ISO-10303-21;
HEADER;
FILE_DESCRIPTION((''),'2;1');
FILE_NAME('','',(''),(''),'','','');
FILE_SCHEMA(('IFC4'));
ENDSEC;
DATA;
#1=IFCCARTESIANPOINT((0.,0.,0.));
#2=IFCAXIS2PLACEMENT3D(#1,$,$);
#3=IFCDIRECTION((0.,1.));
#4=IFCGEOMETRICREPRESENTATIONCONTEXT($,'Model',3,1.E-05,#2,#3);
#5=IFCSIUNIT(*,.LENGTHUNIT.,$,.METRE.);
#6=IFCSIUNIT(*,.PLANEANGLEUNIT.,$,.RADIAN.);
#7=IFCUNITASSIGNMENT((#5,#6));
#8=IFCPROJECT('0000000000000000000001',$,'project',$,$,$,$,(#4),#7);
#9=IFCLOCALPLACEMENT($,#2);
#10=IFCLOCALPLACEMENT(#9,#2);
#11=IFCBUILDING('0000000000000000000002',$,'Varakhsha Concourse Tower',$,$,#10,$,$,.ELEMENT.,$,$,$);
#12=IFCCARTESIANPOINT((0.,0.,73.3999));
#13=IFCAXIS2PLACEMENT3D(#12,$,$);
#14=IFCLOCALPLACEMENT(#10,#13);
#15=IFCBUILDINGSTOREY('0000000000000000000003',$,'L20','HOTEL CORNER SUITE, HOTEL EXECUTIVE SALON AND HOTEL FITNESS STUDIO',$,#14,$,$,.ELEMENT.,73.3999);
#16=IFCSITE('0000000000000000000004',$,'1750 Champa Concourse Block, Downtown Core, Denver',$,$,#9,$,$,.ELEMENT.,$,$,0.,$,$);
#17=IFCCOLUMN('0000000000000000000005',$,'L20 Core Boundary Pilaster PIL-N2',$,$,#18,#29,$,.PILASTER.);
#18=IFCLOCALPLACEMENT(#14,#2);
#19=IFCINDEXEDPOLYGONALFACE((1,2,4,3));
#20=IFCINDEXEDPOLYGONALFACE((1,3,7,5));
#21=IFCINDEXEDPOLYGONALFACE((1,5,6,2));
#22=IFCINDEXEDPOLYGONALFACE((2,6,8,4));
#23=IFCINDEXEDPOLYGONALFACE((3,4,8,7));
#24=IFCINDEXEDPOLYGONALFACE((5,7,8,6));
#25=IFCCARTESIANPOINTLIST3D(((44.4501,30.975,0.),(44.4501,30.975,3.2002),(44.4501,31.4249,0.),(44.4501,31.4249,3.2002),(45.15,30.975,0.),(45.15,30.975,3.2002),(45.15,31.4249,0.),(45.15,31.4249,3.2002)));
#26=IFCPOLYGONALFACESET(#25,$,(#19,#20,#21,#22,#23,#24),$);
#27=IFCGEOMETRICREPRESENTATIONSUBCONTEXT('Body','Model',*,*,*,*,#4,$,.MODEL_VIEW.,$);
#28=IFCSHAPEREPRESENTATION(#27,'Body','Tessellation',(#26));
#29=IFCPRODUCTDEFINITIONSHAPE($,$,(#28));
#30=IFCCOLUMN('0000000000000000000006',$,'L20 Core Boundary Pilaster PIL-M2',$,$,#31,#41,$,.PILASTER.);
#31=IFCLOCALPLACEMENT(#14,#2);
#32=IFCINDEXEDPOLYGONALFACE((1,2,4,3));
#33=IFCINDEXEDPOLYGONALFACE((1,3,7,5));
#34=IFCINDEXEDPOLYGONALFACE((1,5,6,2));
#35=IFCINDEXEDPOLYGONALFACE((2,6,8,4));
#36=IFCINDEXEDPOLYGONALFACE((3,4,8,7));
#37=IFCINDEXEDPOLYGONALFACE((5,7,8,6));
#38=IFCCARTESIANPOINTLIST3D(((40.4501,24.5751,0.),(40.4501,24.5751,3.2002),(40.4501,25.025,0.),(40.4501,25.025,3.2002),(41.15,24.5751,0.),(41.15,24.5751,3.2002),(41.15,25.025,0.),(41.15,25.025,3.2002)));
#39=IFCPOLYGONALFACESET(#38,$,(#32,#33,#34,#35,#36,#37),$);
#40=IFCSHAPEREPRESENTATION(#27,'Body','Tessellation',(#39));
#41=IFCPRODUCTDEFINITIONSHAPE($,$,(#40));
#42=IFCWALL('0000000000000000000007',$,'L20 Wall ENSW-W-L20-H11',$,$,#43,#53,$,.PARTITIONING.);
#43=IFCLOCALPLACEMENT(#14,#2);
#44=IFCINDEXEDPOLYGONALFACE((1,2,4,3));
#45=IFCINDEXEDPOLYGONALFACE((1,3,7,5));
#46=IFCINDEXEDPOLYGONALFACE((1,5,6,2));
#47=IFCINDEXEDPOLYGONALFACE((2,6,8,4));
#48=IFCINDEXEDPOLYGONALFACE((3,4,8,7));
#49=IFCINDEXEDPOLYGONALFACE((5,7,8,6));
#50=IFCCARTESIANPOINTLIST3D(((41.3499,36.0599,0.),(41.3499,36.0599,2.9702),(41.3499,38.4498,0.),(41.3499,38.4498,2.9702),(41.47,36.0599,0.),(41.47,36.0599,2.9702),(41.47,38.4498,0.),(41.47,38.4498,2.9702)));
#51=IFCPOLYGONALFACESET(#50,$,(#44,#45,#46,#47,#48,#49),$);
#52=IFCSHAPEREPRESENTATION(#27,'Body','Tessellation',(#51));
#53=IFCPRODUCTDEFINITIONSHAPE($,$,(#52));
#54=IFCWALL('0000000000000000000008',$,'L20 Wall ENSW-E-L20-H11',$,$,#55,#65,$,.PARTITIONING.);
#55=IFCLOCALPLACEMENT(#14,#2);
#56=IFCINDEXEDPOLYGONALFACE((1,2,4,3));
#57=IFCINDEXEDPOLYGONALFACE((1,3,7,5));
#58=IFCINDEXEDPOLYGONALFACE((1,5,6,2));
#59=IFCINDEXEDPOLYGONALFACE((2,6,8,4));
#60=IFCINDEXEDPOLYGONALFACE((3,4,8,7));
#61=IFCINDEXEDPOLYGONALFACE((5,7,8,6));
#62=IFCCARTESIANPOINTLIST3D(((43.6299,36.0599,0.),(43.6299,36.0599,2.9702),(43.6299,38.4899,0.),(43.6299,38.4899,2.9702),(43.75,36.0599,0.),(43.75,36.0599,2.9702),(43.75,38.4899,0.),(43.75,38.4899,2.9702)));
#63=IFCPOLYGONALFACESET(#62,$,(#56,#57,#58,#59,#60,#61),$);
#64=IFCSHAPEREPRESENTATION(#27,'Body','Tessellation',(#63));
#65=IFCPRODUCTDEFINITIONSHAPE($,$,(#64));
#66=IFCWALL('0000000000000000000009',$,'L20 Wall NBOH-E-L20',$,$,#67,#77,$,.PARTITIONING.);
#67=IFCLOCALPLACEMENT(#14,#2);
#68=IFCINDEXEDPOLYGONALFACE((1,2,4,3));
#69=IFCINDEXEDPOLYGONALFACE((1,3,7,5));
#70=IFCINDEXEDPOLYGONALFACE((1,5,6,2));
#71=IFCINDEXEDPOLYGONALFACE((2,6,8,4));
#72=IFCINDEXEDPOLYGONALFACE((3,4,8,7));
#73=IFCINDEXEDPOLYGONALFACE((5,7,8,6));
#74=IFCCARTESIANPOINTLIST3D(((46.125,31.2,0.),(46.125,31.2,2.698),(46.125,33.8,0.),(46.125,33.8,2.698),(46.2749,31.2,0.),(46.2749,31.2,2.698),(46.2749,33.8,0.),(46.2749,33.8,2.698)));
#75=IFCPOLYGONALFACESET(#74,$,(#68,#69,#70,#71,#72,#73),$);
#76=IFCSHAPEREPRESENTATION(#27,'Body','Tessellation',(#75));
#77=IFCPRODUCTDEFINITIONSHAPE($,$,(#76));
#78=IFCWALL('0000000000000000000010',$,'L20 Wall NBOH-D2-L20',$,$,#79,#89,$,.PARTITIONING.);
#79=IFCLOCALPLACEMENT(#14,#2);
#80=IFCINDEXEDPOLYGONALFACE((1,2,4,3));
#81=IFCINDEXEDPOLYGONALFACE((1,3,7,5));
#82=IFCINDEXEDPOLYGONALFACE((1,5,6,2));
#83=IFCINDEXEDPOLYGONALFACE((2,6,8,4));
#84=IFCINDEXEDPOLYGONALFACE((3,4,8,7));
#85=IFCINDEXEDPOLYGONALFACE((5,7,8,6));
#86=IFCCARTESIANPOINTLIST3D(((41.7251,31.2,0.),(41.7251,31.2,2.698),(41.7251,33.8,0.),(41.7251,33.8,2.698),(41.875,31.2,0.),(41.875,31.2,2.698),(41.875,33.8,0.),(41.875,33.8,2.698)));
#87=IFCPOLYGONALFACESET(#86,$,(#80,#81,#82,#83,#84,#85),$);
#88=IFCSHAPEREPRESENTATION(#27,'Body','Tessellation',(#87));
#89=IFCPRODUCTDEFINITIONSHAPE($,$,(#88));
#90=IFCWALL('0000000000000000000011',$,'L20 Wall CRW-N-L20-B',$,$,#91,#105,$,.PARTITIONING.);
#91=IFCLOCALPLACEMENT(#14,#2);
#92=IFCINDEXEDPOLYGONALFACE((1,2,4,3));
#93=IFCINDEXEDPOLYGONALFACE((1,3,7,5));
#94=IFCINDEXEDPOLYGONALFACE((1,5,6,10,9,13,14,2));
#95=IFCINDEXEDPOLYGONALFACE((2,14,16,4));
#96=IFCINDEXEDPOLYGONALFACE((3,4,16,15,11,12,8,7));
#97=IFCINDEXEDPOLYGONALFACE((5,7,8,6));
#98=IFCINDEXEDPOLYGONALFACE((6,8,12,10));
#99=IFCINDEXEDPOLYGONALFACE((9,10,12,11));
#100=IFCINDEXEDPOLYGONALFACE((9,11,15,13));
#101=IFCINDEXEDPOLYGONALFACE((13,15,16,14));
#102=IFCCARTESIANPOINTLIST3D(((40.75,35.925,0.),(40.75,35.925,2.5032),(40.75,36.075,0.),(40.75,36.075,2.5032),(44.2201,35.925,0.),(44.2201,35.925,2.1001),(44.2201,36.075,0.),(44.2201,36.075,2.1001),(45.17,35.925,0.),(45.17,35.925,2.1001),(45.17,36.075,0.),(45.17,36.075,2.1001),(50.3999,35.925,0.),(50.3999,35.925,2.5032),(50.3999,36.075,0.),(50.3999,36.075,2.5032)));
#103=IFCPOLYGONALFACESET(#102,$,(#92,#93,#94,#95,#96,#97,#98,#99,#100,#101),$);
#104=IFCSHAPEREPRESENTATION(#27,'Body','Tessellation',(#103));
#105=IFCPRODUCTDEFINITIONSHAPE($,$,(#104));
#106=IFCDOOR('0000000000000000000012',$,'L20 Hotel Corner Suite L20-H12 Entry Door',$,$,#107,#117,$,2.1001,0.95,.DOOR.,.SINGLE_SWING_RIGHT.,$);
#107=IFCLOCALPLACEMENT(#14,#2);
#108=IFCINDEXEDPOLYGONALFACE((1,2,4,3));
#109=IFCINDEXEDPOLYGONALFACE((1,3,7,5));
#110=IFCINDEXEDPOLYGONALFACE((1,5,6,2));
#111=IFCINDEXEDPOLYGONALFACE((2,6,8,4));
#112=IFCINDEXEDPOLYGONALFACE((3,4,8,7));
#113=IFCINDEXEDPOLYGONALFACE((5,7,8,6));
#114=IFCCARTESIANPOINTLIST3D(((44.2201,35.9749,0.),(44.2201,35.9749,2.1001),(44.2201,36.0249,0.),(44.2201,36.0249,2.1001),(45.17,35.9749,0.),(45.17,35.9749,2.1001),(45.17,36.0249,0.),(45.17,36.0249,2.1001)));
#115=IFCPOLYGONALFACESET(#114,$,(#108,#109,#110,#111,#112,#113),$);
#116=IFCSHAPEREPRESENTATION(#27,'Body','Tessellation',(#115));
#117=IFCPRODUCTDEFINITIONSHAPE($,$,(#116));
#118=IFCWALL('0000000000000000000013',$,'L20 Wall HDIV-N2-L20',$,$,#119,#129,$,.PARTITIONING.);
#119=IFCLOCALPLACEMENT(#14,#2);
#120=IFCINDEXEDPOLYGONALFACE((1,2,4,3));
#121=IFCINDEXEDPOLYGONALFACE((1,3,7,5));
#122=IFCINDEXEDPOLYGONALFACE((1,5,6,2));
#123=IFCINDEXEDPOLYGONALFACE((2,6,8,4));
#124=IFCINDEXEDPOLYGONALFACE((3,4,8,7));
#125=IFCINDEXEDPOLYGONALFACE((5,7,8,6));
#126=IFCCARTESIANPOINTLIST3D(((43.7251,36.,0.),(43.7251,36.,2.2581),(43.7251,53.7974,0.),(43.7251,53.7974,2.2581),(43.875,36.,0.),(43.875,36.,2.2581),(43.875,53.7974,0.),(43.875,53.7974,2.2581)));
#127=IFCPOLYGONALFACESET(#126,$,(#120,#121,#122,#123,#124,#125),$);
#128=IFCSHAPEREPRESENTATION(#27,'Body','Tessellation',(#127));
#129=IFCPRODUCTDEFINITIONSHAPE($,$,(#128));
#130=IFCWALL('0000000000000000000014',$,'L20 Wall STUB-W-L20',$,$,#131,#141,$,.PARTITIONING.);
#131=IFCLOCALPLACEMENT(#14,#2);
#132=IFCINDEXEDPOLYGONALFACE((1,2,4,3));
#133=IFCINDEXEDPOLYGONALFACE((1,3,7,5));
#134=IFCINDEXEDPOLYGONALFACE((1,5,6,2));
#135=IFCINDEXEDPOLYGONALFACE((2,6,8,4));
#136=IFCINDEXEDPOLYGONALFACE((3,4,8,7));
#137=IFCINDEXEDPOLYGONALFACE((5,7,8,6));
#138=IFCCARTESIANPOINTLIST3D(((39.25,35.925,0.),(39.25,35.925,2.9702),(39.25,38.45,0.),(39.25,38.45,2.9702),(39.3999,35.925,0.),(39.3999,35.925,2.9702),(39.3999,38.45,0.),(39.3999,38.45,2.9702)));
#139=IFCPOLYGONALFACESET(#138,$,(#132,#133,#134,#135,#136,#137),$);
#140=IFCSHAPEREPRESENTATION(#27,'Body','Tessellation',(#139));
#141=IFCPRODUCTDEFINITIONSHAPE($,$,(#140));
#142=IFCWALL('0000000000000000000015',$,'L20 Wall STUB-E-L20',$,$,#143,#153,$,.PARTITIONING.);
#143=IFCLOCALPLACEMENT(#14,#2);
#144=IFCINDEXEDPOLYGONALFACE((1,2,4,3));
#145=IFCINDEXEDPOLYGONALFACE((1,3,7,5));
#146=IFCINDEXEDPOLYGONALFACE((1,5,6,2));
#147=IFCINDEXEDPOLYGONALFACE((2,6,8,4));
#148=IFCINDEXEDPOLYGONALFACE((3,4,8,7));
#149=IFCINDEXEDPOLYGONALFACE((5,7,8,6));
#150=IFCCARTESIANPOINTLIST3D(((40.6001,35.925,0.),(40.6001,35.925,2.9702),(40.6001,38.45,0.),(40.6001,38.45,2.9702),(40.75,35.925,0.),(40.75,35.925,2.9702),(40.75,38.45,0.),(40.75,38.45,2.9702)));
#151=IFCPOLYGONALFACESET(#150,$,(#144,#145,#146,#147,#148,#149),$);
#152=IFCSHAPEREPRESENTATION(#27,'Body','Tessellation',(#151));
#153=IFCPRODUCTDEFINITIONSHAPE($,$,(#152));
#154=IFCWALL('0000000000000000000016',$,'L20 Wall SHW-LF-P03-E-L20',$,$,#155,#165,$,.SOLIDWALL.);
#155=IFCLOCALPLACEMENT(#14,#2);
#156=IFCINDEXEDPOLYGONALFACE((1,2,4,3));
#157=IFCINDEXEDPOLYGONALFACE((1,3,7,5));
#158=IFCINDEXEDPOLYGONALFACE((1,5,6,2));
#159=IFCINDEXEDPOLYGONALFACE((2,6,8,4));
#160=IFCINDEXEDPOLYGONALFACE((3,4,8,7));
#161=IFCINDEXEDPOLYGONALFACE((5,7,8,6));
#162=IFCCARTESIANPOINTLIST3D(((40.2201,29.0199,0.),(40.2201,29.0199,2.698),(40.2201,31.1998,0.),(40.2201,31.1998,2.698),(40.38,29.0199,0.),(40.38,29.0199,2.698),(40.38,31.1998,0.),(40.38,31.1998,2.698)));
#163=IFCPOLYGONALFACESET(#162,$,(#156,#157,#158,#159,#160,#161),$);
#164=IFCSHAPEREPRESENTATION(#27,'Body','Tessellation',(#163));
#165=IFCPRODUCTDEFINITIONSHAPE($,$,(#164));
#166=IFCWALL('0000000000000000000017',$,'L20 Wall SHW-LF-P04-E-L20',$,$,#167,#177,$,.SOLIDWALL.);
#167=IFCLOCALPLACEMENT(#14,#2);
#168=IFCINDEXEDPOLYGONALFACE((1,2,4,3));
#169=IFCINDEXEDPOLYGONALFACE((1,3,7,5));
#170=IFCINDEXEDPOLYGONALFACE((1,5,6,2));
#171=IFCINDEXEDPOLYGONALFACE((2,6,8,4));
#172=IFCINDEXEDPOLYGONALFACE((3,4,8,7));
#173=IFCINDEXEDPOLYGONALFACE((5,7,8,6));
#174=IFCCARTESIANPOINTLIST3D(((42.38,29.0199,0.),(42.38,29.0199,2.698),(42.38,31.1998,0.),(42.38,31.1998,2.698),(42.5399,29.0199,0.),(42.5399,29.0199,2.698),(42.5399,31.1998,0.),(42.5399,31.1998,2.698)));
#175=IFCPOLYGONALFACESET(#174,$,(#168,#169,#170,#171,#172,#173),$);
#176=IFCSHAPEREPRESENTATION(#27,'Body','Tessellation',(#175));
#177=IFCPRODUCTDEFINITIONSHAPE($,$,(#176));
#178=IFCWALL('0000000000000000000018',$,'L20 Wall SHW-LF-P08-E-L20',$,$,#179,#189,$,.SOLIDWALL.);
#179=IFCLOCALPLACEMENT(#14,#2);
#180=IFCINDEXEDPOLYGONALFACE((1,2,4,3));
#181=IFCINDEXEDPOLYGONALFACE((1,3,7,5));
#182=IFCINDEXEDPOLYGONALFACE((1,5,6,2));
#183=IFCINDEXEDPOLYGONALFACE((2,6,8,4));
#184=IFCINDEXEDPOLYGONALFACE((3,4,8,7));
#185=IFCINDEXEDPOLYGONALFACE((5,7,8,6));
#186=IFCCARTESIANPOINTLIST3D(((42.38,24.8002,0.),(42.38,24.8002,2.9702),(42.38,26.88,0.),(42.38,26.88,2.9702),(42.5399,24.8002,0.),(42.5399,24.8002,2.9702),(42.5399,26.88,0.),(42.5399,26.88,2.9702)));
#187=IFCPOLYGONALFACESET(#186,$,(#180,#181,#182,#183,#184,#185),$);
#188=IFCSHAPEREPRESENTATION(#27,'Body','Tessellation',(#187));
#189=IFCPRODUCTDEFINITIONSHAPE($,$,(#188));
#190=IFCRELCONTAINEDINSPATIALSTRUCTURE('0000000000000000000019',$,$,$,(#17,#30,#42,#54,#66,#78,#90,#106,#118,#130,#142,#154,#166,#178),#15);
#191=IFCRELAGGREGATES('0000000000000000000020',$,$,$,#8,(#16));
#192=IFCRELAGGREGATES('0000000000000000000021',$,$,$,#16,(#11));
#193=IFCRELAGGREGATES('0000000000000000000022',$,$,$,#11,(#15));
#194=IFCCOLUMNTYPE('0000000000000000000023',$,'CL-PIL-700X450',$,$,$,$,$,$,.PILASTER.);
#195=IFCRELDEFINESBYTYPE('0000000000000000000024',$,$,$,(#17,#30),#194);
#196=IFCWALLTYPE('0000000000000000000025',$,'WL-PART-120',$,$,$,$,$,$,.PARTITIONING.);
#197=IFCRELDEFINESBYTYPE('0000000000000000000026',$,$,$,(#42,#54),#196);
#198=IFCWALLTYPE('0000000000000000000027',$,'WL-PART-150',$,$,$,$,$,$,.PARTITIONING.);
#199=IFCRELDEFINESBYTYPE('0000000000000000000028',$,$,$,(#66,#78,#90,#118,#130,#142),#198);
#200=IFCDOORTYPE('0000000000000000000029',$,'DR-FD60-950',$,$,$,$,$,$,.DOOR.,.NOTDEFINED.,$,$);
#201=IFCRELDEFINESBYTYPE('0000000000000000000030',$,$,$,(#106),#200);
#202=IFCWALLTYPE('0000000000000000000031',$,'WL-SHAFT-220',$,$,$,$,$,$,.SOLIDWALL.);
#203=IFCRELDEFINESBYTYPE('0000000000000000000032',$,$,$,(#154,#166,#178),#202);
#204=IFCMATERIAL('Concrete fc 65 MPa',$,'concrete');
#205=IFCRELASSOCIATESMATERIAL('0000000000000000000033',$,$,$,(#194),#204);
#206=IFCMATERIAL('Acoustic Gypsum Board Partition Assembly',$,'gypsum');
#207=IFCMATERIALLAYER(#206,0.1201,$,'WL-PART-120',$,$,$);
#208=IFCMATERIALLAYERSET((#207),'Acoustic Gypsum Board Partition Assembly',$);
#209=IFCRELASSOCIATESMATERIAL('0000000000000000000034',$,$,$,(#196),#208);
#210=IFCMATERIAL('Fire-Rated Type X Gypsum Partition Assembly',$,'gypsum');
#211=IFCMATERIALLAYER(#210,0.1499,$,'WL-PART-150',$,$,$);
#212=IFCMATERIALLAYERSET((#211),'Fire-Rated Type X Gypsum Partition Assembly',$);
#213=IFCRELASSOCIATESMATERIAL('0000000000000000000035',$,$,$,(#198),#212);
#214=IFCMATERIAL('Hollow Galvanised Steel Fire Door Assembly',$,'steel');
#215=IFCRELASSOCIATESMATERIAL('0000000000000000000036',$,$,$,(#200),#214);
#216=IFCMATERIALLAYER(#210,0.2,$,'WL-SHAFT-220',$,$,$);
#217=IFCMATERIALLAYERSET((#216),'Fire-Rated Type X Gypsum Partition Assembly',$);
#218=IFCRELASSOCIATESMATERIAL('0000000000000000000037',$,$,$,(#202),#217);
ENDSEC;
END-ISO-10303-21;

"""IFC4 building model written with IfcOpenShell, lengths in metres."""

from ifc_helpers import new_model, si_unit, direction, frame, frame_2d, origin, origin_2d, place, context, subcontext, project, spatial, rectangle, extrude, material, layer, layer_set, material_profile, profile_set, type_object, element, fill, save


model = new_model("IFC4")

# Units and contexts
model_context = context("Model", 3, precision=1e-05, world=origin(), true_north=direction((0.0, 1.0)))
body_context = subcontext(model_context, "Body", "Model", "MODEL_VIEW")
ifc_project = project(units=[si_unit("LENGTHUNIT", "METRE"), si_unit("PLANEANGLEUNIT", "RADIAN")], contexts=[model_context])

# Site, building, storey
site_placement = place(None, origin())
site = spatial("IfcSite", under=ifc_project, at=site_placement, Name="1750 Champa Concourse Block, Downtown Core, Denver", CompositionType="ELEMENT", RefElevation=0.0)
building_placement = place(site_placement, origin())
building = spatial("IfcBuilding", under=site, at=building_placement, Name="Varakhsha Concourse Tower", CompositionType="ELEMENT")
storey_placement = place(building_placement, frame((0.0, 0.0, 73.3999)))
storey = spatial("IfcBuildingStorey", under=building, at=storey_placement, Name="L20", Description="HOTEL CORNER SUITE, HOTEL EXECUTIVE SALON AND HOTEL FITNESS STUDIO", CompositionType="ELEMENT", Elevation=73.3999)

# Columns
ifc_material_1 = material(Name="Concrete fc 65 MPa", Category="concrete")
ifc_material_profile = material_profile(ifc_material_1, rectangle(XDim=0.7, YDim=0.45, at=origin_2d()), Name="RC 700x450")
ifc_profile_set = profile_set([ifc_material_profile], Name="Concrete fc 65 MPa")
column_type = type_object("IfcColumnType", Name="CL-PIL-700X450", PredefinedType="PILASTER", material=ifc_profile_set)
for number, where, z_axis, x_axis, name in (
    (1, (44.8, 31.2, 0.0), (0.0, 0.0, 1.0), (1.0, 0.0, 0.0), "L20 Core Boundary Pilaster PIL-N2"),
    (2, (40.8, 24.8, 0.0), (0.0, 0.0, 1.0), (1.0, 0.0, 0.0), "L20 Core Boundary Pilaster PIL-M2"),
):
    element("IfcColumn", number, at=place(storey_placement, frame(where, z_axis=z_axis, x_axis=x_axis)), inside=storey, type_object=column_type, Name=name, PredefinedType="PILASTER", context=body_context, shape_type="SweptSolid", body=[
        extrude(rectangle(XDim=0.7, YDim=0.45, at=origin_2d()), origin(), (0.0, 0.0, 1.0), 3.2002),
    ])

# Walls
ifc_material_2 = material(Name="Acoustic Gypsum Board Partition Assembly", Category="gypsum")
ifc_layer_1 = layer(ifc_material_2, 0.1201, Name="WL-PART-120")
ifc_layer_set_1 = layer_set([ifc_layer_1], Name="Acoustic Gypsum Board Partition Assembly")
wall_type_1 = type_object("IfcWallType", Name="WL-PART-120", PredefinedType="PARTITIONING", material=ifc_layer_set_1)
wall_1_placement = place(storey_placement, frame((41.4099, 36.0601, 0.0), z_axis=(0.0, 0.0, 1.0), x_axis=(0.0, 1.0, 0.0)))
element("IfcWall", 3, at=wall_1_placement, inside=storey, type_object=wall_type_1, Name="L20 Wall ENSW-W-L20-H11", PredefinedType="PARTITIONING", context=body_context, shape_type="SweptSolid", body=[
    extrude(rectangle(XDim=2.3899, YDim=0.1201, at=frame_2d((1.1948, 0.0))), origin(), (0.0, 0.0, 1.0), 2.9702),
])
wall_2_placement = place(storey_placement, frame((43.6899, 36.0601, 0.0), z_axis=(0.0, 0.0, 1.0), x_axis=(0.0, 1.0, 0.0)))
element("IfcWall", 4, at=wall_2_placement, inside=storey, type_object=wall_type_1, Name="L20 Wall ENSW-E-L20-H11", PredefinedType="PARTITIONING", context=body_context, shape_type="SweptSolid", body=[
    extrude(rectangle(XDim=2.4299, YDim=0.1201, at=frame_2d((1.2148, 0.0))), origin(), (0.0, 0.0, 1.0), 2.9702),
])
ifc_material_3 = material(Name="Fire-Rated Type X Gypsum Partition Assembly", Category="gypsum")
ifc_layer_2 = layer(ifc_material_3, 0.1499, Name="WL-PART-150")
ifc_layer_set_2 = layer_set([ifc_layer_2], Name="Fire-Rated Type X Gypsum Partition Assembly")
wall_type_2 = type_object("IfcWallType", Name="WL-PART-150", PredefinedType="PARTITIONING", material=ifc_layer_set_2)
for number, where, z_axis, x_axis, name in (
    (5, (46.2, 31.2, 0.0), (0.0, 0.0, 1.0), (0.0, 1.0, 0.0), "L20 Wall NBOH-E-L20"),
    (6, (41.8, 31.2, 0.0), (0.0, 0.0, 1.0), (0.0, 1.0, 0.0), "L20 Wall NBOH-D2-L20"),
):
    element("IfcWall", number, at=place(storey_placement, frame(where, z_axis=z_axis, x_axis=x_axis)), inside=storey, type_object=wall_type_2, Name=name, PredefinedType="PARTITIONING", context=body_context, shape_type="SweptSolid", body=[
        extrude(rectangle(XDim=2.6001, YDim=0.1499, at=frame_2d((1.3, 0.0))), origin(), (0.0, 0.0, 1.0), 2.698),
    ])

# Wall, opening, door
wall_3_placement = place(storey_placement, frame((40.75, 36.0, 0.0), z_axis=(0.0, 0.0, 1.0), x_axis=(1.0, 0.0, 0.0)))
wall_3 = element("IfcWall", 7, at=wall_3_placement, inside=storey, type_object=wall_type_2, Name="L20 Wall CRW-N-L20-B", PredefinedType="PARTITIONING", context=body_context, shape_type="SweptSolid", body=[
    extrude(rectangle(XDim=9.6499, YDim=0.1499, at=frame_2d((4.825, 0.0))), origin(), (0.0, 0.0, 1.0), 2.5032),
])
opening_placement = place(wall_3_placement, frame((3.47, 0.0, 0.0)))
opening = element("IfcOpeningElement", 8, at=opening_placement, cuts=wall_3, PredefinedType="OPENING", context=body_context, shape_type="SweptSolid", body=[
    extrude(rectangle(XDim=0.95, YDim=2.1001, at=frame_2d((0.4751, 1.05))), frame((0.0, 0.085, 0.0), z_axis=(0.0, -1.0, 0.0), x_axis=(1.0, 0.0, 0.0)), (0.0, 0.0, 1.0), 0.1699),
])
ifc_material_4 = material(Name="Hollow Galvanised Steel Fire Door Assembly", Category="steel")
door_type = type_object("IfcDoorType", Name="DR-FD60-950", OperationType="NOTDEFINED", PredefinedType="DOOR", material=ifc_material_4)
door_placement = place(opening_placement, origin())
door = element("IfcDoor", 9, at=door_placement, inside=storey, type_object=door_type, Name="L20 Hotel Corner Suite L20-H12 Entry Door", OperationType="SINGLE_SWING_RIGHT", OverallHeight=2.1001, OverallWidth=0.95, PredefinedType="DOOR", context=body_context, shape_type="SweptSolid", body=[
    extrude(rectangle(XDim=0.95, YDim=2.1001, at=frame_2d((0.4751, 1.05))), frame((0.0, 0.0249, 0.0), z_axis=(0.0, -1.0, 0.0), x_axis=(1.0, 0.0, 0.0)), (0.0, 0.0, 1.0), 0.05),
])
fill(opening, door)

# Walls
wall_4_placement = place(storey_placement, frame((43.8, 36.0, 0.0), z_axis=(0.0, 0.0, 1.0), x_axis=(0.0, 1.0, 0.0)))
element("IfcWall", 10, at=wall_4_placement, inside=storey, type_object=wall_type_2, Name="L20 Wall HDIV-N2-L20", PredefinedType="PARTITIONING", context=body_context, shape_type="SweptSolid", body=[
    extrude(rectangle(XDim=17.7974, YDim=0.1499, at=frame_2d((8.8987, 0.0))), origin(), (0.0, 0.0, 1.0), 2.2581),
])
for number, where, z_axis, x_axis, name in (
    (11, (39.325, 35.925, 0.0), (0.0, 0.0, 1.0), (0.0, 1.0, 0.0), "L20 Wall STUB-W-L20"),
    (12, (40.675, 35.925, 0.0), (0.0, 0.0, 1.0), (0.0, 1.0, 0.0), "L20 Wall STUB-E-L20"),
):
    element("IfcWall", number, at=place(storey_placement, frame(where, z_axis=z_axis, x_axis=x_axis)), inside=storey, type_object=wall_type_2, Name=name, PredefinedType="PARTITIONING", context=body_context, shape_type="SweptSolid", body=[
        extrude(rectangle(XDim=2.5249, YDim=0.1499, at=frame_2d((1.2625, 0.0))), origin(), (0.0, 0.0, 1.0), 2.9702),
    ])
ifc_layer_3 = layer(ifc_material_3, 0.2, Name="WL-SHAFT-220")
ifc_layer_set_3 = layer_set([ifc_layer_3], Name="Fire-Rated Type X Gypsum Partition Assembly")
wall_type_3 = type_object("IfcWallType", Name="WL-SHAFT-220", PredefinedType="SOLIDWALL", material=ifc_layer_set_3)
for number, where, z_axis, x_axis, name in (
    (13, (40.3, 29.02, 0.0), (0.0, 0.0, 1.0), (0.0, 1.0, 0.0), "L20 Wall SHW-LF-P03-E-L20"),
    (14, (42.46, 29.02, 0.0), (0.0, 0.0, 1.0), (0.0, 1.0, 0.0), "L20 Wall SHW-LF-P04-E-L20"),
):
    element("IfcWall", number, at=place(storey_placement, frame(where, z_axis=z_axis, x_axis=x_axis)), inside=storey, type_object=wall_type_3, Name=name, PredefinedType="SOLIDWALL", context=body_context, shape_type="SweptSolid", body=[
        extrude(rectangle(XDim=2.1799, YDim=0.1599, at=frame_2d((1.0898, 0.0))), origin(), (0.0, 0.0, 1.0), 2.698),
    ])
wall_5_placement = place(storey_placement, frame((42.46, 24.8, 0.0), z_axis=(0.0, 0.0, 1.0), x_axis=(0.0, 1.0, 0.0)))
element("IfcWall", 15, at=wall_5_placement, inside=storey, type_object=wall_type_3, Name="L20 Wall SHW-LF-P08-E-L20", PredefinedType="SOLIDWALL", context=body_context, shape_type="SweptSolid", body=[
    extrude(rectangle(XDim=2.0798, YDim=0.1599, at=frame_2d((1.04, 0.0))), origin(), (0.0, 0.0, 1.0), 2.9702),
])

save(model, "model.ifc")
